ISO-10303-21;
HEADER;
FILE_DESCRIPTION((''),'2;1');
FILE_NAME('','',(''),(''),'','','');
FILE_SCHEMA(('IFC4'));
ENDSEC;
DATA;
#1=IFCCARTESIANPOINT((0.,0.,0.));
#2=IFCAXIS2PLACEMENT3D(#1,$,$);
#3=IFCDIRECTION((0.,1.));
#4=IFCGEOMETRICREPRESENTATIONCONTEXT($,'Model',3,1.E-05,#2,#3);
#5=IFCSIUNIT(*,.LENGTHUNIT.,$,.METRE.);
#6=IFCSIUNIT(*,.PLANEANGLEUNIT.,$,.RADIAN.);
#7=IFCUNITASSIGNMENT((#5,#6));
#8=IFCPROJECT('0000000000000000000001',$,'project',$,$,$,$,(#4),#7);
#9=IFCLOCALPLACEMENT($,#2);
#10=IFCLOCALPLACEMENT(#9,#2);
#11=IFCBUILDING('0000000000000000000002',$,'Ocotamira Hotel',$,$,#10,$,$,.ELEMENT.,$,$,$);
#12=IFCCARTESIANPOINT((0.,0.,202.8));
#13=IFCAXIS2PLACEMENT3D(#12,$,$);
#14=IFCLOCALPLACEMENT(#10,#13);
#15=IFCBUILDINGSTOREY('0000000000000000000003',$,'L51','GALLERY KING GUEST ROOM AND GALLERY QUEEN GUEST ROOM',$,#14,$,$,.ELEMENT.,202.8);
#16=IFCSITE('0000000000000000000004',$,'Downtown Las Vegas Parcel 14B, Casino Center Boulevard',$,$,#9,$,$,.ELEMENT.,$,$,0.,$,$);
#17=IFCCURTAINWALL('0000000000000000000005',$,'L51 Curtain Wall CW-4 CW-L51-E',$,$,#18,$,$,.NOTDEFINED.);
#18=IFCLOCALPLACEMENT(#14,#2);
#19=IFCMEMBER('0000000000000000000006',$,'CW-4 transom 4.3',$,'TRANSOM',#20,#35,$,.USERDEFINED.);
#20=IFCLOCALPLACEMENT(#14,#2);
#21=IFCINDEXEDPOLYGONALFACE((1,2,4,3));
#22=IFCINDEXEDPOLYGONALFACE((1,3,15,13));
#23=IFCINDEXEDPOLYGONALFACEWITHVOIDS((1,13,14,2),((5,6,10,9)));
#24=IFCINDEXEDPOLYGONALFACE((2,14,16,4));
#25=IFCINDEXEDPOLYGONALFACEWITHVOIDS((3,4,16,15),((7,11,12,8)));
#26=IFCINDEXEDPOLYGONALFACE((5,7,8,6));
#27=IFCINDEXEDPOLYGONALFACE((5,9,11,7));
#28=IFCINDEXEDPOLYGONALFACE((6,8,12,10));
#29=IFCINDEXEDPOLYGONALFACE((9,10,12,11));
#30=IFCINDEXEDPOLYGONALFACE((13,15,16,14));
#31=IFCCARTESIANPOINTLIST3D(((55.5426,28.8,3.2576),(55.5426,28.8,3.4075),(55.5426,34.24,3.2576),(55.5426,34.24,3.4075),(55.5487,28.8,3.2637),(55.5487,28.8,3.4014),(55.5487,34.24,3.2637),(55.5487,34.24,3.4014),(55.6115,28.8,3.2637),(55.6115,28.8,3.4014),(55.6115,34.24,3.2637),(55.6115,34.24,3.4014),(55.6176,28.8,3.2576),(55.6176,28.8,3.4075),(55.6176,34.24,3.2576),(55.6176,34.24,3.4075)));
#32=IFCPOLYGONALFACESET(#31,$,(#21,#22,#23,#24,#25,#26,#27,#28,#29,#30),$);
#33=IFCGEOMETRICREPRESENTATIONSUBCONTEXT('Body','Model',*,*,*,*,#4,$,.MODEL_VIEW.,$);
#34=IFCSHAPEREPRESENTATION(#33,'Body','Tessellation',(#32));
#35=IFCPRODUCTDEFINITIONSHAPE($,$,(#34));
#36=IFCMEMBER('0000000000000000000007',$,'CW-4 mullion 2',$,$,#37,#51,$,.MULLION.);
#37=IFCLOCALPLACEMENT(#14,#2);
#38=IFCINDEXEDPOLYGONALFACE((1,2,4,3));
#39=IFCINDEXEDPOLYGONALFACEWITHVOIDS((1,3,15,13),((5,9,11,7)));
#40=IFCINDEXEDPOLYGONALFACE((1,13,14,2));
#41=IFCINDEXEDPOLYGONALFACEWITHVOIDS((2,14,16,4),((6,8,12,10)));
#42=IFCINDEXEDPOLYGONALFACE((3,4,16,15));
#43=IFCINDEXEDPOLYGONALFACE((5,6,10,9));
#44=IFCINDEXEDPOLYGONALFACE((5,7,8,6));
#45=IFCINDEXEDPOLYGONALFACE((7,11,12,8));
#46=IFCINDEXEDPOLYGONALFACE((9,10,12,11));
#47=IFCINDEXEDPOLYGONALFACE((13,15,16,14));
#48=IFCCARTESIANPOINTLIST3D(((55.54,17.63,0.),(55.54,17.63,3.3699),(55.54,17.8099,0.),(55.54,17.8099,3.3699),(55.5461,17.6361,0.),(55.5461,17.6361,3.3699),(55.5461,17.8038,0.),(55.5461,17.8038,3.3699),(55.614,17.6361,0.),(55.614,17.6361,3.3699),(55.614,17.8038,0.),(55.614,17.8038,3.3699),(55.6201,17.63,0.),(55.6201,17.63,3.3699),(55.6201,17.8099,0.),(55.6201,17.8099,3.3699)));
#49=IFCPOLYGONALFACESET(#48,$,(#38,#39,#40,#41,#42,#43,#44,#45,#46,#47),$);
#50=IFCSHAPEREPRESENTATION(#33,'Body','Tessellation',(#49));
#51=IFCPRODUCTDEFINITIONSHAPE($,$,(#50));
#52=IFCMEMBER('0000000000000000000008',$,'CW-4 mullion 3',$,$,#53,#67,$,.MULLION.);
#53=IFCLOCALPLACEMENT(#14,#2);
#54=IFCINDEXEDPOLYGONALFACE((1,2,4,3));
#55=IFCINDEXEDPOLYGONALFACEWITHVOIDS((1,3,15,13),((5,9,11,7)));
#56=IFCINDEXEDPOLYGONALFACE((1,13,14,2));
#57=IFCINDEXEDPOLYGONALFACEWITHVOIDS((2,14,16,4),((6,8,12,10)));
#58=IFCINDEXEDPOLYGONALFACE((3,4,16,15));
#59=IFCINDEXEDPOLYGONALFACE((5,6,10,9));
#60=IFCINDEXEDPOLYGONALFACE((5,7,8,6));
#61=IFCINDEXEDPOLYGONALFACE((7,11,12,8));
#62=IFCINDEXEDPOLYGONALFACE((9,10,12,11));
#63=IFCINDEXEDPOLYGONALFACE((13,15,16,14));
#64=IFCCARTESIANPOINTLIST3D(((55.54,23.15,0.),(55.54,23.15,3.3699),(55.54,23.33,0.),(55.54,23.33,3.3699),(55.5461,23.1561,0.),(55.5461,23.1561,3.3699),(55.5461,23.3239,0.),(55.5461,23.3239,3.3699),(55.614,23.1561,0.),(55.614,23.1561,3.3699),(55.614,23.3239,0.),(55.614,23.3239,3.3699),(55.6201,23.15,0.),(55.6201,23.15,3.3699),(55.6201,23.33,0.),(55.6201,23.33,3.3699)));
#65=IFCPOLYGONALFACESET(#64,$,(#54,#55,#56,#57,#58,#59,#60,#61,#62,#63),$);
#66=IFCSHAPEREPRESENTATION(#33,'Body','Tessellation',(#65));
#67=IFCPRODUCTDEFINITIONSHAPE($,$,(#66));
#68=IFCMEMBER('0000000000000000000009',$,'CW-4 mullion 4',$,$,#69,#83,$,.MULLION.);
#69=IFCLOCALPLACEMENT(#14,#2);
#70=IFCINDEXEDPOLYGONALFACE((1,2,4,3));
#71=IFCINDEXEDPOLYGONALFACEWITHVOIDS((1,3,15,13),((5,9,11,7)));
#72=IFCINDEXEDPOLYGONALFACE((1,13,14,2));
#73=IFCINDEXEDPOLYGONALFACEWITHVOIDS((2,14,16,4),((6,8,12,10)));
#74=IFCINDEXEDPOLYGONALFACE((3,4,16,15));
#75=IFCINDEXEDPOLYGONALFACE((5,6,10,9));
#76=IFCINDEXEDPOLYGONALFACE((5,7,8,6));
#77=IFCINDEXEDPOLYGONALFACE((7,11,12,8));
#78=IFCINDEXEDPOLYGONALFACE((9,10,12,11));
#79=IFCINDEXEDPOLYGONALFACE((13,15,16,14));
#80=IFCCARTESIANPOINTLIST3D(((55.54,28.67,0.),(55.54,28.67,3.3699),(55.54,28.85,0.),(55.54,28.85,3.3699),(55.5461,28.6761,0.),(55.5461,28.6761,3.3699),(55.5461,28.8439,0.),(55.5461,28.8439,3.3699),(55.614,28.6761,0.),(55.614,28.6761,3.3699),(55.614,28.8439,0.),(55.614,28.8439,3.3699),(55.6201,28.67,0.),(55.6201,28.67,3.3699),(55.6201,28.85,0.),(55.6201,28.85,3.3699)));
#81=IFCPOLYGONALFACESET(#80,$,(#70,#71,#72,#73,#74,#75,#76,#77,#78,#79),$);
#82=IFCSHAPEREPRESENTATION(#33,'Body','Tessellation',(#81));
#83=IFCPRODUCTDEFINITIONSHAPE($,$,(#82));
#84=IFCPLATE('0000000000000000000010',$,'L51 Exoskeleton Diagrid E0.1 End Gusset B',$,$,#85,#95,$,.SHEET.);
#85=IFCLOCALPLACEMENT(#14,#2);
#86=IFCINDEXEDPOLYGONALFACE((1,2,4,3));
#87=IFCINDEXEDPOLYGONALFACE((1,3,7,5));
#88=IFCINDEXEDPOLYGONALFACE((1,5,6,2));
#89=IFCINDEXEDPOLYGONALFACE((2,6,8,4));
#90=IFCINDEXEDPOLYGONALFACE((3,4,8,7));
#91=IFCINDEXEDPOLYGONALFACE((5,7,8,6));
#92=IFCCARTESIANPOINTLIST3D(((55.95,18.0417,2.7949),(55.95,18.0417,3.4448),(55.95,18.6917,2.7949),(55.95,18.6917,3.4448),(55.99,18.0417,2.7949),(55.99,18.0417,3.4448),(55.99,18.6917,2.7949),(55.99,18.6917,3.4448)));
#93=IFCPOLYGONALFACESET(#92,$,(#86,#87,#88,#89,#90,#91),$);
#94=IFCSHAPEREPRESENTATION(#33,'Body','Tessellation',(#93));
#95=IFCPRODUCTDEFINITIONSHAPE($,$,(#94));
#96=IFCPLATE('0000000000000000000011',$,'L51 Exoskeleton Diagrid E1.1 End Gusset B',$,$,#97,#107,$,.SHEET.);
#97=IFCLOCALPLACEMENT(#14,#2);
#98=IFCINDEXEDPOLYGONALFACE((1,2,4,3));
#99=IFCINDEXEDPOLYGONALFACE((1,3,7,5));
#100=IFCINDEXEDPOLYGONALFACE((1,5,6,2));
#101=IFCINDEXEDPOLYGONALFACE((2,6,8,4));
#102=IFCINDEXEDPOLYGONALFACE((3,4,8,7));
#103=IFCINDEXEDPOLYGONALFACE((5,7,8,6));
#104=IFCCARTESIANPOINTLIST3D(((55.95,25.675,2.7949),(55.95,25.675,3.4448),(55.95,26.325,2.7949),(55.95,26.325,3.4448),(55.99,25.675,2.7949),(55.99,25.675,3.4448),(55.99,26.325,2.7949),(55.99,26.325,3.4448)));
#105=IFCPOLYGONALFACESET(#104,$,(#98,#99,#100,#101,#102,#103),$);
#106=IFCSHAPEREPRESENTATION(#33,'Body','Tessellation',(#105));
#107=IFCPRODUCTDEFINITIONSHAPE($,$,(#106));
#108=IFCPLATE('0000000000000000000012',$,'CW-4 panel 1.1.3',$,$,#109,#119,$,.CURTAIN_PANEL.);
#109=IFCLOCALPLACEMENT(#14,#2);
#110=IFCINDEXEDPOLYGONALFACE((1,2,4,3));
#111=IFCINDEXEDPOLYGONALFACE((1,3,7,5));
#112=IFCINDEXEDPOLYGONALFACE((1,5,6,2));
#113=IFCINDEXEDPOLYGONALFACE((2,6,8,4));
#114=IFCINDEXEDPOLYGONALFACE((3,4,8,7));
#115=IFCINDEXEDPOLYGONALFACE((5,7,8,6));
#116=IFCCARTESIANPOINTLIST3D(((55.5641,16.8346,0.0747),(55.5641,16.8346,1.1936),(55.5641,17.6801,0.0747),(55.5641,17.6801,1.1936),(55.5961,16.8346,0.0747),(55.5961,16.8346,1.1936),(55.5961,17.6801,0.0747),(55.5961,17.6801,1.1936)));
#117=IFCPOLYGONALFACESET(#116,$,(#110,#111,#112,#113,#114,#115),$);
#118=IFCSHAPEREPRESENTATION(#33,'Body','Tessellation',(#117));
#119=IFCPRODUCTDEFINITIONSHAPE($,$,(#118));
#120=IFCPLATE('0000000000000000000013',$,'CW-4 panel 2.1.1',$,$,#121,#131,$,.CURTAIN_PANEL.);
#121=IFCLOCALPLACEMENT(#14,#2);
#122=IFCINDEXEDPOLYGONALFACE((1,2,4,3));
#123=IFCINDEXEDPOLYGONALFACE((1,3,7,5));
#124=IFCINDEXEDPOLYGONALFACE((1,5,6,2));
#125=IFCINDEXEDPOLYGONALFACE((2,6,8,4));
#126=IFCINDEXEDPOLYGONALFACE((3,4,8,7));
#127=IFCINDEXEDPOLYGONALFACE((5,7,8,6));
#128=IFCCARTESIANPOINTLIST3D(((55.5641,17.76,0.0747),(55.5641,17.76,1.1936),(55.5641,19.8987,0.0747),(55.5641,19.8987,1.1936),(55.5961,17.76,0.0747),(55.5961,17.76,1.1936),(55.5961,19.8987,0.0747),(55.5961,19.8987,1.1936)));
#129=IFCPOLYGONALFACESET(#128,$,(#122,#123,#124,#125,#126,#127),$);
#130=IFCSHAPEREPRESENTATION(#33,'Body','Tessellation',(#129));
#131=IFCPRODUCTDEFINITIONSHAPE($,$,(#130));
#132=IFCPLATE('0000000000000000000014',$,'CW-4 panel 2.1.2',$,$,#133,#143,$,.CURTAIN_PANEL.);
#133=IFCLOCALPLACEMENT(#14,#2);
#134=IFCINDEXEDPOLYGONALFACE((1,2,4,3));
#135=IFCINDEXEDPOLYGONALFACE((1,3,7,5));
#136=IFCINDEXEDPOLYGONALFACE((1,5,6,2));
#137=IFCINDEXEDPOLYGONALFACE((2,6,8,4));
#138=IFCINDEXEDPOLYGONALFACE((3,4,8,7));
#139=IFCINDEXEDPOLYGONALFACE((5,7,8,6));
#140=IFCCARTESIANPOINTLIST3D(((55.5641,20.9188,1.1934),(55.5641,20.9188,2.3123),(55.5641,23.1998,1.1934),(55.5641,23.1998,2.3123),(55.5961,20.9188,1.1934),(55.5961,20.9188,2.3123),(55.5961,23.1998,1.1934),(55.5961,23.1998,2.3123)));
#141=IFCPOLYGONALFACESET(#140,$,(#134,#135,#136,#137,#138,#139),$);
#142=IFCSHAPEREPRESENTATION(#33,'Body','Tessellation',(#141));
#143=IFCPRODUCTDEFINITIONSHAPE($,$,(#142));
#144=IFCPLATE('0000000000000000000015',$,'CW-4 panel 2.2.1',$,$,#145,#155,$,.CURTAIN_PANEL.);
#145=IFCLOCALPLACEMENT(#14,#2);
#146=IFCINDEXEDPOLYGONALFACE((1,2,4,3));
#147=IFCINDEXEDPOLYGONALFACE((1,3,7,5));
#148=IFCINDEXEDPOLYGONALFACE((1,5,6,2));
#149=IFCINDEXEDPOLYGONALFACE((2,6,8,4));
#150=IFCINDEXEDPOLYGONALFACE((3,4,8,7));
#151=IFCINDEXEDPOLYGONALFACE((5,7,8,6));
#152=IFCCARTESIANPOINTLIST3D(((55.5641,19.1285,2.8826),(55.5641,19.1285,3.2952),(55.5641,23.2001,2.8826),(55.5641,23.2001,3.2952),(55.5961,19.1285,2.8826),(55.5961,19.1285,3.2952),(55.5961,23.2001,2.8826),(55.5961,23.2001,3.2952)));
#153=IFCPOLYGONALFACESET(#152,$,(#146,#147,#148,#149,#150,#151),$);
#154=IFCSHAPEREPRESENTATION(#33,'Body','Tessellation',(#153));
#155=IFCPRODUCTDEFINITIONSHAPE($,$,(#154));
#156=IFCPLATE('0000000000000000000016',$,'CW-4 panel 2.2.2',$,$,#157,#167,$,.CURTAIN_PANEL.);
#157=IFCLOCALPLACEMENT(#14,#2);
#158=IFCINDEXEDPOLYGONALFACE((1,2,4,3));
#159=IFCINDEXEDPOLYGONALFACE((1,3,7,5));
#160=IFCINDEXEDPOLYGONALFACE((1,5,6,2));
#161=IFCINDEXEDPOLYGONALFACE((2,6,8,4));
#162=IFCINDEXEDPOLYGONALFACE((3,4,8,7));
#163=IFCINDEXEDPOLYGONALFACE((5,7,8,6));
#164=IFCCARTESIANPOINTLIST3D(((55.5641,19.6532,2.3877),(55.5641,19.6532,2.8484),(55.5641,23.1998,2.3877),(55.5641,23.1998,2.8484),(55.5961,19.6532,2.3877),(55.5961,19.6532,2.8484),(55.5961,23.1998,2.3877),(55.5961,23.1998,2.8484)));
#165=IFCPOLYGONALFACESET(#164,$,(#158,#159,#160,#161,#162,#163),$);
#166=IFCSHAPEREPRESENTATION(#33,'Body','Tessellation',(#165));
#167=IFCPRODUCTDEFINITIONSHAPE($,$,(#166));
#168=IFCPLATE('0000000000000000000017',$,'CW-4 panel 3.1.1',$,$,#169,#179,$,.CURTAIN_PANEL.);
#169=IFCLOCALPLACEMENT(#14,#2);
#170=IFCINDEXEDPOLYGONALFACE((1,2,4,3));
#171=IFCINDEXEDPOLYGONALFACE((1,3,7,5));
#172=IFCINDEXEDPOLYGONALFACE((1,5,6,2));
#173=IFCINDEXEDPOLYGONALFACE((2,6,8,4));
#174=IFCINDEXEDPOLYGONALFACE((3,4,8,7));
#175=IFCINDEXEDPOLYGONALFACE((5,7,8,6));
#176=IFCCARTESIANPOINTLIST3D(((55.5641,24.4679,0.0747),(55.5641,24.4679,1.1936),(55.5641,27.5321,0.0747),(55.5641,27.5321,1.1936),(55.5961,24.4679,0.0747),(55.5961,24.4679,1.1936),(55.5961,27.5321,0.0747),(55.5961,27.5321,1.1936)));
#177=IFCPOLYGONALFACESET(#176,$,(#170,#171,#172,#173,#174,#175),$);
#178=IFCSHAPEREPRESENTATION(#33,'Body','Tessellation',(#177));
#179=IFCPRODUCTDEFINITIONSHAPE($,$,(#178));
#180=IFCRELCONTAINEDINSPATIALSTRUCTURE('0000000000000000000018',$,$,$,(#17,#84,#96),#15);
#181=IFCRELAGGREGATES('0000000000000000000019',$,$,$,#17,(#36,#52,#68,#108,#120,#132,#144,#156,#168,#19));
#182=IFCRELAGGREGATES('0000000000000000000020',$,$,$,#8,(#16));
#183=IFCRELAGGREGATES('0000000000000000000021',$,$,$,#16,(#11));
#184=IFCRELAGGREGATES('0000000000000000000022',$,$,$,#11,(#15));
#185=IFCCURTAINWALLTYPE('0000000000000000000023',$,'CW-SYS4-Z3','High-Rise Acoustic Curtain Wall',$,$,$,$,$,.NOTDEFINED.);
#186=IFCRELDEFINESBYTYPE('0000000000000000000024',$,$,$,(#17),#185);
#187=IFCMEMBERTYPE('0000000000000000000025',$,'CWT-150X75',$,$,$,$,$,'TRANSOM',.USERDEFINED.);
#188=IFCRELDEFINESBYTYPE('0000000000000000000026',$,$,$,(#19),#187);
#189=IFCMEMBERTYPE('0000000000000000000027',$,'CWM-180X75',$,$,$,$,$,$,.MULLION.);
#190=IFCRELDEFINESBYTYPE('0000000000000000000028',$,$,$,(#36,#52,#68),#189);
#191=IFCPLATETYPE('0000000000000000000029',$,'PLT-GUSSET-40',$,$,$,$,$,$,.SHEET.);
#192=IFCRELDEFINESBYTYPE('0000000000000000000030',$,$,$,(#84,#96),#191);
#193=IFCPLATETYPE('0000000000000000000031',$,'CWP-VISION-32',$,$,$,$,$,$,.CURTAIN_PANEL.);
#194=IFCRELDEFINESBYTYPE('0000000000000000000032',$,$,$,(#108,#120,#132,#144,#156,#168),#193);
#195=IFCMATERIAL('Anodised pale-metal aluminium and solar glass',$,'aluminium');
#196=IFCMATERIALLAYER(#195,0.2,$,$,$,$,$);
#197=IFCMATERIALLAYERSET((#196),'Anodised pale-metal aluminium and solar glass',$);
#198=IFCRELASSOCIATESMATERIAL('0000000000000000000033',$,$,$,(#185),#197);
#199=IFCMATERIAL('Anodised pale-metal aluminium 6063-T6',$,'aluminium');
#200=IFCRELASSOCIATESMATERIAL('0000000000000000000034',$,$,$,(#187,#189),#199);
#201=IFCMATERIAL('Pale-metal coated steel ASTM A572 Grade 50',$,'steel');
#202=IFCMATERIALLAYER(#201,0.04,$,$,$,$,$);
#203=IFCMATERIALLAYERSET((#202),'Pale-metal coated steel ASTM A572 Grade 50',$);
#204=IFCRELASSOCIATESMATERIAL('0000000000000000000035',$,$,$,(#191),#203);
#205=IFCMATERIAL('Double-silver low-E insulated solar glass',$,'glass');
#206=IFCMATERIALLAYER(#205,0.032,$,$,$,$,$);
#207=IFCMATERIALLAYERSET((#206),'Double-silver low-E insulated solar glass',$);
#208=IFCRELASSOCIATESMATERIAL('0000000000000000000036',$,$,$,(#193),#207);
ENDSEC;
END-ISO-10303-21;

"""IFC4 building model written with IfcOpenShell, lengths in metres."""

from ifc_helpers import new_model, si_unit, direction, frame, origin, origin_2d, place, context, subcontext, project, spatial, rectangle, hollow_rectangle, extrude, source, transform, mapped, material, layer, layer_set, material_profile, profile_set, type_object, element, aggregate, save


model = new_model("IFC4")

# Units and contexts
model_context = context("Model", 3, precision=1e-05, world=origin(), true_north=direction((0.0, 1.0)))
body_context = subcontext(model_context, "Body", "Model", "MODEL_VIEW")
ifc_project = project(units=[si_unit("LENGTHUNIT", "METRE"), si_unit("PLANEANGLEUNIT", "RADIAN")], contexts=[model_context])

# Site, building, storey
site_placement = place(None, origin())
site = spatial("IfcSite", under=ifc_project, at=site_placement, Name="Downtown Las Vegas Parcel 14B, Casino Center Boulevard", CompositionType="ELEMENT", RefElevation=0.0)
building_placement = place(site_placement, origin())
building = spatial("IfcBuilding", under=site, at=building_placement, Name="Ocotamira Hotel", CompositionType="ELEMENT")
storey_placement = place(building_placement, frame((0.0, 0.0, 202.8)))
storey = spatial("IfcBuildingStorey", under=building, at=storey_placement, Name="L51", Description="GALLERY KING GUEST ROOM AND GALLERY QUEEN GUEST ROOM", CompositionType="ELEMENT", Elevation=202.8)

# Curtain wall, members
ifc_material_1 = material(Name="Anodised pale-metal aluminium and solar glass", Category="aluminium")
ifc_layer_1 = layer(ifc_material_1, 0.2)
ifc_layer_set_1 = layer_set([ifc_layer_1], Name="Anodised pale-metal aluminium and solar glass")
curtain_wall_type = type_object("IfcCurtainWallType", Name="CW-SYS4-Z3", Description="High-Rise Acoustic Curtain Wall", PredefinedType="NOTDEFINED", material=ifc_layer_set_1)
curtain_wall_placement = place(storey_placement, origin())
curtain_wall = element("IfcCurtainWall", 1, at=curtain_wall_placement, inside=storey, type_object=curtain_wall_type, Name="L51 Curtain Wall CW-4 CW-L51-E", PredefinedType="NOTDEFINED")
ifc_material_2 = material(Name="Anodised pale-metal aluminium 6063-T6", Category="aluminium")
ifc_material_profile_1 = material_profile(ifc_material_2, hollow_rectangle(XDim=0.075, YDim=0.1499, WallThickness=0.0061, at=origin_2d()), Name="HSS150X75X6")
ifc_profile_set_1 = profile_set([ifc_material_profile_1], Name="Anodised pale-metal aluminium 6063-T6")
member_type_1 = type_object("IfcMemberType", Name="CWT-150X75", ElementType="TRANSOM", PredefinedType="USERDEFINED", material=ifc_profile_set_1)
shared_shape_1 = source(origin(), body_context, "Body", "SweptSolid", [
    extrude(hollow_rectangle(XDim=0.075, YDim=0.1499, WallThickness=0.0061, at=origin_2d()), origin(), (0.0, 0.0, 1.0), 5.4399),
])
member_1_placement = place(storey_placement, frame((55.5801, 28.8, 3.3325), z_axis=(0.0, 1.0, 0.0), x_axis=(-1.0, 0.0, 0.0)))
member_1 = element("IfcMember", 2, at=member_1_placement, type_object=member_type_1, Name="CW-4 transom 4.3", ObjectType="TRANSOM", PredefinedType="USERDEFINED", context=body_context, shape_type="MappedRepresentation", body=[
    mapped(shared_shape_1, transform((0.0, 0.0, 0.0), scale=1.0)),
])
ifc_material_profile_2 = material_profile(ifc_material_2, hollow_rectangle(XDim=0.0801, YDim=0.1799, WallThickness=0.0061, at=origin_2d()), Name="HSS180X80X6")
ifc_profile_set_2 = profile_set([ifc_material_profile_2], Name="Anodised pale-metal aluminium 6063-T6")
member_type_2 = type_object("IfcMemberType", Name="CWM-180X75", PredefinedType="MULLION", material=ifc_profile_set_2)
shared_shape_2 = source(origin(), body_context, "Body", "SweptSolid", [
    extrude(hollow_rectangle(XDim=0.0801, YDim=0.1799, WallThickness=0.0061, at=origin_2d()), origin(), (0.0, 0.0, 1.0), 3.3699),
])
member_2_placement = place(storey_placement, frame((55.5801, 17.72, 0.0), z_axis=(0.0, 0.0, 1.0), x_axis=(-1.0, 0.0, 0.0)))
member_2 = element("IfcMember", 3, at=member_2_placement, type_object=member_type_2, Name="CW-4 mullion 2", PredefinedType="MULLION", context=body_context, shape_type="MappedRepresentation", body=[
    mapped(shared_shape_2, transform((0.0, 0.0, 0.0), scale=1.0)),
])
member_3_placement = place(storey_placement, frame((55.5801, 23.24, 0.0), z_axis=(0.0, 0.0, 1.0), x_axis=(-1.0, 0.0, 0.0)))
member_3 = element("IfcMember", 4, at=member_3_placement, type_object=member_type_2, Name="CW-4 mullion 3", PredefinedType="MULLION", context=body_context, shape_type="MappedRepresentation", body=[
    mapped(shared_shape_2, transform((0.0, 0.0, 0.0), scale=1.0)),
])
member_4_placement = place(storey_placement, frame((55.5801, 28.76, 0.0), z_axis=(0.0, 0.0, 1.0), x_axis=(-1.0, 0.0, 0.0)))
member_4 = element("IfcMember", 5, at=member_4_placement, type_object=member_type_2, Name="CW-4 mullion 4", PredefinedType="MULLION", context=body_context, shape_type="MappedRepresentation", body=[
    mapped(shared_shape_2, transform((0.0, 0.0, 0.0), scale=1.0)),
])

# Plates
ifc_material_3 = material(Name="Pale-metal coated steel ASTM A572 Grade 50", Category="steel")
ifc_layer_2 = layer(ifc_material_3, 0.04)
ifc_layer_set_2 = layer_set([ifc_layer_2], Name="Pale-metal coated steel ASTM A572 Grade 50")
plate_type_1 = type_object("IfcPlateType", Name="PLT-GUSSET-40", PredefinedType="SHEET", material=ifc_layer_set_2)
shared_shape_3 = source(origin(), body_context, "Body", "SweptSolid", [
    extrude(rectangle(XDim=0.04, YDim=0.6499, at=origin_2d()), origin(), (0.0, 0.0, 1.0), 0.6499),
])
for number, where, z_axis, x_axis, name in (
    (6, (55.97, 18.3667, 2.7949), (0.0, 0.0, 1.0), (1.0, 0.0, 0.0), "L51 Exoskeleton Diagrid E0.1 End Gusset B"),
    (7, (55.97, 26.0, 2.7949), (0.0, 0.0, 1.0), (1.0, 0.0, 0.0), "L51 Exoskeleton Diagrid E1.1 End Gusset B"),
):
    element("IfcPlate", number, at=place(storey_placement, frame(where, z_axis=z_axis, x_axis=x_axis)), inside=storey, type_object=plate_type_1, Name=name, PredefinedType="SHEET", context=body_context, shape_type="MappedRepresentation", body=[
        mapped(shared_shape_3, transform((0.0, 0.0, 0.0), scale=1.0)),
    ])

# Plates
ifc_material_4 = material(Name="Double-silver low-E insulated solar glass", Category="glass")
ifc_layer_3 = layer(ifc_material_4, 0.032)
ifc_layer_set_3 = layer_set([ifc_layer_3], Name="Double-silver low-E insulated solar glass")
plate_type_2 = type_object("IfcPlateType", Name="CWP-VISION-32", PredefinedType="CURTAIN_PANEL", material=ifc_layer_set_3)
shared_shape_4 = source(origin(), body_context, "Body", "SweptSolid", [
    extrude(rectangle(XDim=0.8455, YDim=0.032, at=origin_2d()), origin(), (0.0, 0.0, 1.0), 1.1189),
])
plate_1_placement = place(storey_placement, frame((55.5801, 17.2573, 0.0747), z_axis=(0.0, 0.0, 1.0), x_axis=(0.0, 1.0, 0.0)))
plate_1 = element("IfcPlate", 8, at=plate_1_placement, type_object=plate_type_2, Name="CW-4 panel 1.1.3", PredefinedType="CURTAIN_PANEL", context=body_context, shape_type="MappedRepresentation", body=[
    mapped(shared_shape_4, transform((0.0, 0.0, 0.0), scale=1.0)),
])
shared_shape_5 = source(origin(), body_context, "Body", "SweptSolid", [
    extrude(rectangle(XDim=2.1387, YDim=0.032, at=origin_2d()), origin(), (0.0, 0.0, 1.0), 1.1189),
])
plate_2_placement = place(storey_placement, frame((55.5801, 18.8293, 0.0747), z_axis=(0.0, 0.0, 1.0), x_axis=(0.0, 1.0, 0.0)))
plate_2 = element("IfcPlate", 9, at=plate_2_placement, type_object=plate_type_2, Name="CW-4 panel 2.1.1", PredefinedType="CURTAIN_PANEL", context=body_context, shape_type="MappedRepresentation", body=[
    mapped(shared_shape_5, transform((0.0, 0.0, 0.0), scale=1.0)),
])
shared_shape_6 = source(origin(), body_context, "Body", "SweptSolid", [
    extrude(rectangle(XDim=2.281, YDim=0.032, at=origin_2d()), origin(), (0.0, 0.0, 1.0), 1.1189),
])
plate_3_placement = place(storey_placement, frame((55.5801, 22.0593, 1.1934), z_axis=(0.0, 0.0, 1.0), x_axis=(0.0, 1.0, 0.0)))
plate_3 = element("IfcPlate", 10, at=plate_3_placement, type_object=plate_type_2, Name="CW-4 panel 2.1.2", PredefinedType="CURTAIN_PANEL", context=body_context, shape_type="MappedRepresentation", body=[
    mapped(shared_shape_6, transform((0.0, 0.0, 0.0), scale=1.0)),
])
shared_shape_7 = source(origin(), body_context, "Body", "SweptSolid", [
    extrude(rectangle(XDim=4.0715, YDim=0.032, at=origin_2d()), origin(), (0.0, 0.0, 1.0), 0.4126),
])
plate_4_placement = place(storey_placement, frame((55.5801, 21.1643, 2.8826), z_axis=(0.0, 0.0, 1.0), x_axis=(0.0, 1.0, 0.0)))
plate_4 = element("IfcPlate", 11, at=plate_4_placement, type_object=plate_type_2, Name="CW-4 panel 2.2.1", PredefinedType="CURTAIN_PANEL", context=body_context, shape_type="MappedRepresentation", body=[
    mapped(shared_shape_7, transform((0.0, 0.0, 0.0), scale=1.0)),
])
shared_shape_8 = source(origin(), body_context, "Body", "SweptSolid", [
    extrude(rectangle(XDim=3.5466, YDim=0.032, at=origin_2d()), origin(), (0.0, 0.0, 1.0), 0.4607),
])
plate_5_placement = place(storey_placement, frame((55.5801, 21.4265, 2.3877), z_axis=(0.0, 0.0, 1.0), x_axis=(0.0, 1.0, 0.0)))
plate_5 = element("IfcPlate", 12, at=plate_5_placement, type_object=plate_type_2, Name="CW-4 panel 2.2.2", PredefinedType="CURTAIN_PANEL", context=body_context, shape_type="MappedRepresentation", body=[
    mapped(shared_shape_8, transform((0.0, 0.0, 0.0), scale=1.0)),
])
shared_shape_9 = source(origin(), body_context, "Body", "SweptSolid", [
    extrude(rectangle(XDim=3.0642, YDim=0.032, at=origin_2d()), origin(), (0.0, 0.0, 1.0), 1.1189),
])
plate_6_placement = place(storey_placement, frame((55.5801, 26.0, 0.0747), z_axis=(0.0, 0.0, 1.0), x_axis=(0.0, 1.0, 0.0)))
plate_6 = element("IfcPlate", 13, at=plate_6_placement, type_object=plate_type_2, Name="CW-4 panel 3.1.1", PredefinedType="CURTAIN_PANEL", context=body_context, shape_type="MappedRepresentation", body=[
    mapped(shared_shape_9, transform((0.0, 0.0, 0.0), scale=1.0)),
])
aggregate(curtain_wall, [member_2, member_3, member_4, plate_1, plate_2, plate_3, plate_4, plate_5, plate_6, member_1])

save(model, "model.ifc")
